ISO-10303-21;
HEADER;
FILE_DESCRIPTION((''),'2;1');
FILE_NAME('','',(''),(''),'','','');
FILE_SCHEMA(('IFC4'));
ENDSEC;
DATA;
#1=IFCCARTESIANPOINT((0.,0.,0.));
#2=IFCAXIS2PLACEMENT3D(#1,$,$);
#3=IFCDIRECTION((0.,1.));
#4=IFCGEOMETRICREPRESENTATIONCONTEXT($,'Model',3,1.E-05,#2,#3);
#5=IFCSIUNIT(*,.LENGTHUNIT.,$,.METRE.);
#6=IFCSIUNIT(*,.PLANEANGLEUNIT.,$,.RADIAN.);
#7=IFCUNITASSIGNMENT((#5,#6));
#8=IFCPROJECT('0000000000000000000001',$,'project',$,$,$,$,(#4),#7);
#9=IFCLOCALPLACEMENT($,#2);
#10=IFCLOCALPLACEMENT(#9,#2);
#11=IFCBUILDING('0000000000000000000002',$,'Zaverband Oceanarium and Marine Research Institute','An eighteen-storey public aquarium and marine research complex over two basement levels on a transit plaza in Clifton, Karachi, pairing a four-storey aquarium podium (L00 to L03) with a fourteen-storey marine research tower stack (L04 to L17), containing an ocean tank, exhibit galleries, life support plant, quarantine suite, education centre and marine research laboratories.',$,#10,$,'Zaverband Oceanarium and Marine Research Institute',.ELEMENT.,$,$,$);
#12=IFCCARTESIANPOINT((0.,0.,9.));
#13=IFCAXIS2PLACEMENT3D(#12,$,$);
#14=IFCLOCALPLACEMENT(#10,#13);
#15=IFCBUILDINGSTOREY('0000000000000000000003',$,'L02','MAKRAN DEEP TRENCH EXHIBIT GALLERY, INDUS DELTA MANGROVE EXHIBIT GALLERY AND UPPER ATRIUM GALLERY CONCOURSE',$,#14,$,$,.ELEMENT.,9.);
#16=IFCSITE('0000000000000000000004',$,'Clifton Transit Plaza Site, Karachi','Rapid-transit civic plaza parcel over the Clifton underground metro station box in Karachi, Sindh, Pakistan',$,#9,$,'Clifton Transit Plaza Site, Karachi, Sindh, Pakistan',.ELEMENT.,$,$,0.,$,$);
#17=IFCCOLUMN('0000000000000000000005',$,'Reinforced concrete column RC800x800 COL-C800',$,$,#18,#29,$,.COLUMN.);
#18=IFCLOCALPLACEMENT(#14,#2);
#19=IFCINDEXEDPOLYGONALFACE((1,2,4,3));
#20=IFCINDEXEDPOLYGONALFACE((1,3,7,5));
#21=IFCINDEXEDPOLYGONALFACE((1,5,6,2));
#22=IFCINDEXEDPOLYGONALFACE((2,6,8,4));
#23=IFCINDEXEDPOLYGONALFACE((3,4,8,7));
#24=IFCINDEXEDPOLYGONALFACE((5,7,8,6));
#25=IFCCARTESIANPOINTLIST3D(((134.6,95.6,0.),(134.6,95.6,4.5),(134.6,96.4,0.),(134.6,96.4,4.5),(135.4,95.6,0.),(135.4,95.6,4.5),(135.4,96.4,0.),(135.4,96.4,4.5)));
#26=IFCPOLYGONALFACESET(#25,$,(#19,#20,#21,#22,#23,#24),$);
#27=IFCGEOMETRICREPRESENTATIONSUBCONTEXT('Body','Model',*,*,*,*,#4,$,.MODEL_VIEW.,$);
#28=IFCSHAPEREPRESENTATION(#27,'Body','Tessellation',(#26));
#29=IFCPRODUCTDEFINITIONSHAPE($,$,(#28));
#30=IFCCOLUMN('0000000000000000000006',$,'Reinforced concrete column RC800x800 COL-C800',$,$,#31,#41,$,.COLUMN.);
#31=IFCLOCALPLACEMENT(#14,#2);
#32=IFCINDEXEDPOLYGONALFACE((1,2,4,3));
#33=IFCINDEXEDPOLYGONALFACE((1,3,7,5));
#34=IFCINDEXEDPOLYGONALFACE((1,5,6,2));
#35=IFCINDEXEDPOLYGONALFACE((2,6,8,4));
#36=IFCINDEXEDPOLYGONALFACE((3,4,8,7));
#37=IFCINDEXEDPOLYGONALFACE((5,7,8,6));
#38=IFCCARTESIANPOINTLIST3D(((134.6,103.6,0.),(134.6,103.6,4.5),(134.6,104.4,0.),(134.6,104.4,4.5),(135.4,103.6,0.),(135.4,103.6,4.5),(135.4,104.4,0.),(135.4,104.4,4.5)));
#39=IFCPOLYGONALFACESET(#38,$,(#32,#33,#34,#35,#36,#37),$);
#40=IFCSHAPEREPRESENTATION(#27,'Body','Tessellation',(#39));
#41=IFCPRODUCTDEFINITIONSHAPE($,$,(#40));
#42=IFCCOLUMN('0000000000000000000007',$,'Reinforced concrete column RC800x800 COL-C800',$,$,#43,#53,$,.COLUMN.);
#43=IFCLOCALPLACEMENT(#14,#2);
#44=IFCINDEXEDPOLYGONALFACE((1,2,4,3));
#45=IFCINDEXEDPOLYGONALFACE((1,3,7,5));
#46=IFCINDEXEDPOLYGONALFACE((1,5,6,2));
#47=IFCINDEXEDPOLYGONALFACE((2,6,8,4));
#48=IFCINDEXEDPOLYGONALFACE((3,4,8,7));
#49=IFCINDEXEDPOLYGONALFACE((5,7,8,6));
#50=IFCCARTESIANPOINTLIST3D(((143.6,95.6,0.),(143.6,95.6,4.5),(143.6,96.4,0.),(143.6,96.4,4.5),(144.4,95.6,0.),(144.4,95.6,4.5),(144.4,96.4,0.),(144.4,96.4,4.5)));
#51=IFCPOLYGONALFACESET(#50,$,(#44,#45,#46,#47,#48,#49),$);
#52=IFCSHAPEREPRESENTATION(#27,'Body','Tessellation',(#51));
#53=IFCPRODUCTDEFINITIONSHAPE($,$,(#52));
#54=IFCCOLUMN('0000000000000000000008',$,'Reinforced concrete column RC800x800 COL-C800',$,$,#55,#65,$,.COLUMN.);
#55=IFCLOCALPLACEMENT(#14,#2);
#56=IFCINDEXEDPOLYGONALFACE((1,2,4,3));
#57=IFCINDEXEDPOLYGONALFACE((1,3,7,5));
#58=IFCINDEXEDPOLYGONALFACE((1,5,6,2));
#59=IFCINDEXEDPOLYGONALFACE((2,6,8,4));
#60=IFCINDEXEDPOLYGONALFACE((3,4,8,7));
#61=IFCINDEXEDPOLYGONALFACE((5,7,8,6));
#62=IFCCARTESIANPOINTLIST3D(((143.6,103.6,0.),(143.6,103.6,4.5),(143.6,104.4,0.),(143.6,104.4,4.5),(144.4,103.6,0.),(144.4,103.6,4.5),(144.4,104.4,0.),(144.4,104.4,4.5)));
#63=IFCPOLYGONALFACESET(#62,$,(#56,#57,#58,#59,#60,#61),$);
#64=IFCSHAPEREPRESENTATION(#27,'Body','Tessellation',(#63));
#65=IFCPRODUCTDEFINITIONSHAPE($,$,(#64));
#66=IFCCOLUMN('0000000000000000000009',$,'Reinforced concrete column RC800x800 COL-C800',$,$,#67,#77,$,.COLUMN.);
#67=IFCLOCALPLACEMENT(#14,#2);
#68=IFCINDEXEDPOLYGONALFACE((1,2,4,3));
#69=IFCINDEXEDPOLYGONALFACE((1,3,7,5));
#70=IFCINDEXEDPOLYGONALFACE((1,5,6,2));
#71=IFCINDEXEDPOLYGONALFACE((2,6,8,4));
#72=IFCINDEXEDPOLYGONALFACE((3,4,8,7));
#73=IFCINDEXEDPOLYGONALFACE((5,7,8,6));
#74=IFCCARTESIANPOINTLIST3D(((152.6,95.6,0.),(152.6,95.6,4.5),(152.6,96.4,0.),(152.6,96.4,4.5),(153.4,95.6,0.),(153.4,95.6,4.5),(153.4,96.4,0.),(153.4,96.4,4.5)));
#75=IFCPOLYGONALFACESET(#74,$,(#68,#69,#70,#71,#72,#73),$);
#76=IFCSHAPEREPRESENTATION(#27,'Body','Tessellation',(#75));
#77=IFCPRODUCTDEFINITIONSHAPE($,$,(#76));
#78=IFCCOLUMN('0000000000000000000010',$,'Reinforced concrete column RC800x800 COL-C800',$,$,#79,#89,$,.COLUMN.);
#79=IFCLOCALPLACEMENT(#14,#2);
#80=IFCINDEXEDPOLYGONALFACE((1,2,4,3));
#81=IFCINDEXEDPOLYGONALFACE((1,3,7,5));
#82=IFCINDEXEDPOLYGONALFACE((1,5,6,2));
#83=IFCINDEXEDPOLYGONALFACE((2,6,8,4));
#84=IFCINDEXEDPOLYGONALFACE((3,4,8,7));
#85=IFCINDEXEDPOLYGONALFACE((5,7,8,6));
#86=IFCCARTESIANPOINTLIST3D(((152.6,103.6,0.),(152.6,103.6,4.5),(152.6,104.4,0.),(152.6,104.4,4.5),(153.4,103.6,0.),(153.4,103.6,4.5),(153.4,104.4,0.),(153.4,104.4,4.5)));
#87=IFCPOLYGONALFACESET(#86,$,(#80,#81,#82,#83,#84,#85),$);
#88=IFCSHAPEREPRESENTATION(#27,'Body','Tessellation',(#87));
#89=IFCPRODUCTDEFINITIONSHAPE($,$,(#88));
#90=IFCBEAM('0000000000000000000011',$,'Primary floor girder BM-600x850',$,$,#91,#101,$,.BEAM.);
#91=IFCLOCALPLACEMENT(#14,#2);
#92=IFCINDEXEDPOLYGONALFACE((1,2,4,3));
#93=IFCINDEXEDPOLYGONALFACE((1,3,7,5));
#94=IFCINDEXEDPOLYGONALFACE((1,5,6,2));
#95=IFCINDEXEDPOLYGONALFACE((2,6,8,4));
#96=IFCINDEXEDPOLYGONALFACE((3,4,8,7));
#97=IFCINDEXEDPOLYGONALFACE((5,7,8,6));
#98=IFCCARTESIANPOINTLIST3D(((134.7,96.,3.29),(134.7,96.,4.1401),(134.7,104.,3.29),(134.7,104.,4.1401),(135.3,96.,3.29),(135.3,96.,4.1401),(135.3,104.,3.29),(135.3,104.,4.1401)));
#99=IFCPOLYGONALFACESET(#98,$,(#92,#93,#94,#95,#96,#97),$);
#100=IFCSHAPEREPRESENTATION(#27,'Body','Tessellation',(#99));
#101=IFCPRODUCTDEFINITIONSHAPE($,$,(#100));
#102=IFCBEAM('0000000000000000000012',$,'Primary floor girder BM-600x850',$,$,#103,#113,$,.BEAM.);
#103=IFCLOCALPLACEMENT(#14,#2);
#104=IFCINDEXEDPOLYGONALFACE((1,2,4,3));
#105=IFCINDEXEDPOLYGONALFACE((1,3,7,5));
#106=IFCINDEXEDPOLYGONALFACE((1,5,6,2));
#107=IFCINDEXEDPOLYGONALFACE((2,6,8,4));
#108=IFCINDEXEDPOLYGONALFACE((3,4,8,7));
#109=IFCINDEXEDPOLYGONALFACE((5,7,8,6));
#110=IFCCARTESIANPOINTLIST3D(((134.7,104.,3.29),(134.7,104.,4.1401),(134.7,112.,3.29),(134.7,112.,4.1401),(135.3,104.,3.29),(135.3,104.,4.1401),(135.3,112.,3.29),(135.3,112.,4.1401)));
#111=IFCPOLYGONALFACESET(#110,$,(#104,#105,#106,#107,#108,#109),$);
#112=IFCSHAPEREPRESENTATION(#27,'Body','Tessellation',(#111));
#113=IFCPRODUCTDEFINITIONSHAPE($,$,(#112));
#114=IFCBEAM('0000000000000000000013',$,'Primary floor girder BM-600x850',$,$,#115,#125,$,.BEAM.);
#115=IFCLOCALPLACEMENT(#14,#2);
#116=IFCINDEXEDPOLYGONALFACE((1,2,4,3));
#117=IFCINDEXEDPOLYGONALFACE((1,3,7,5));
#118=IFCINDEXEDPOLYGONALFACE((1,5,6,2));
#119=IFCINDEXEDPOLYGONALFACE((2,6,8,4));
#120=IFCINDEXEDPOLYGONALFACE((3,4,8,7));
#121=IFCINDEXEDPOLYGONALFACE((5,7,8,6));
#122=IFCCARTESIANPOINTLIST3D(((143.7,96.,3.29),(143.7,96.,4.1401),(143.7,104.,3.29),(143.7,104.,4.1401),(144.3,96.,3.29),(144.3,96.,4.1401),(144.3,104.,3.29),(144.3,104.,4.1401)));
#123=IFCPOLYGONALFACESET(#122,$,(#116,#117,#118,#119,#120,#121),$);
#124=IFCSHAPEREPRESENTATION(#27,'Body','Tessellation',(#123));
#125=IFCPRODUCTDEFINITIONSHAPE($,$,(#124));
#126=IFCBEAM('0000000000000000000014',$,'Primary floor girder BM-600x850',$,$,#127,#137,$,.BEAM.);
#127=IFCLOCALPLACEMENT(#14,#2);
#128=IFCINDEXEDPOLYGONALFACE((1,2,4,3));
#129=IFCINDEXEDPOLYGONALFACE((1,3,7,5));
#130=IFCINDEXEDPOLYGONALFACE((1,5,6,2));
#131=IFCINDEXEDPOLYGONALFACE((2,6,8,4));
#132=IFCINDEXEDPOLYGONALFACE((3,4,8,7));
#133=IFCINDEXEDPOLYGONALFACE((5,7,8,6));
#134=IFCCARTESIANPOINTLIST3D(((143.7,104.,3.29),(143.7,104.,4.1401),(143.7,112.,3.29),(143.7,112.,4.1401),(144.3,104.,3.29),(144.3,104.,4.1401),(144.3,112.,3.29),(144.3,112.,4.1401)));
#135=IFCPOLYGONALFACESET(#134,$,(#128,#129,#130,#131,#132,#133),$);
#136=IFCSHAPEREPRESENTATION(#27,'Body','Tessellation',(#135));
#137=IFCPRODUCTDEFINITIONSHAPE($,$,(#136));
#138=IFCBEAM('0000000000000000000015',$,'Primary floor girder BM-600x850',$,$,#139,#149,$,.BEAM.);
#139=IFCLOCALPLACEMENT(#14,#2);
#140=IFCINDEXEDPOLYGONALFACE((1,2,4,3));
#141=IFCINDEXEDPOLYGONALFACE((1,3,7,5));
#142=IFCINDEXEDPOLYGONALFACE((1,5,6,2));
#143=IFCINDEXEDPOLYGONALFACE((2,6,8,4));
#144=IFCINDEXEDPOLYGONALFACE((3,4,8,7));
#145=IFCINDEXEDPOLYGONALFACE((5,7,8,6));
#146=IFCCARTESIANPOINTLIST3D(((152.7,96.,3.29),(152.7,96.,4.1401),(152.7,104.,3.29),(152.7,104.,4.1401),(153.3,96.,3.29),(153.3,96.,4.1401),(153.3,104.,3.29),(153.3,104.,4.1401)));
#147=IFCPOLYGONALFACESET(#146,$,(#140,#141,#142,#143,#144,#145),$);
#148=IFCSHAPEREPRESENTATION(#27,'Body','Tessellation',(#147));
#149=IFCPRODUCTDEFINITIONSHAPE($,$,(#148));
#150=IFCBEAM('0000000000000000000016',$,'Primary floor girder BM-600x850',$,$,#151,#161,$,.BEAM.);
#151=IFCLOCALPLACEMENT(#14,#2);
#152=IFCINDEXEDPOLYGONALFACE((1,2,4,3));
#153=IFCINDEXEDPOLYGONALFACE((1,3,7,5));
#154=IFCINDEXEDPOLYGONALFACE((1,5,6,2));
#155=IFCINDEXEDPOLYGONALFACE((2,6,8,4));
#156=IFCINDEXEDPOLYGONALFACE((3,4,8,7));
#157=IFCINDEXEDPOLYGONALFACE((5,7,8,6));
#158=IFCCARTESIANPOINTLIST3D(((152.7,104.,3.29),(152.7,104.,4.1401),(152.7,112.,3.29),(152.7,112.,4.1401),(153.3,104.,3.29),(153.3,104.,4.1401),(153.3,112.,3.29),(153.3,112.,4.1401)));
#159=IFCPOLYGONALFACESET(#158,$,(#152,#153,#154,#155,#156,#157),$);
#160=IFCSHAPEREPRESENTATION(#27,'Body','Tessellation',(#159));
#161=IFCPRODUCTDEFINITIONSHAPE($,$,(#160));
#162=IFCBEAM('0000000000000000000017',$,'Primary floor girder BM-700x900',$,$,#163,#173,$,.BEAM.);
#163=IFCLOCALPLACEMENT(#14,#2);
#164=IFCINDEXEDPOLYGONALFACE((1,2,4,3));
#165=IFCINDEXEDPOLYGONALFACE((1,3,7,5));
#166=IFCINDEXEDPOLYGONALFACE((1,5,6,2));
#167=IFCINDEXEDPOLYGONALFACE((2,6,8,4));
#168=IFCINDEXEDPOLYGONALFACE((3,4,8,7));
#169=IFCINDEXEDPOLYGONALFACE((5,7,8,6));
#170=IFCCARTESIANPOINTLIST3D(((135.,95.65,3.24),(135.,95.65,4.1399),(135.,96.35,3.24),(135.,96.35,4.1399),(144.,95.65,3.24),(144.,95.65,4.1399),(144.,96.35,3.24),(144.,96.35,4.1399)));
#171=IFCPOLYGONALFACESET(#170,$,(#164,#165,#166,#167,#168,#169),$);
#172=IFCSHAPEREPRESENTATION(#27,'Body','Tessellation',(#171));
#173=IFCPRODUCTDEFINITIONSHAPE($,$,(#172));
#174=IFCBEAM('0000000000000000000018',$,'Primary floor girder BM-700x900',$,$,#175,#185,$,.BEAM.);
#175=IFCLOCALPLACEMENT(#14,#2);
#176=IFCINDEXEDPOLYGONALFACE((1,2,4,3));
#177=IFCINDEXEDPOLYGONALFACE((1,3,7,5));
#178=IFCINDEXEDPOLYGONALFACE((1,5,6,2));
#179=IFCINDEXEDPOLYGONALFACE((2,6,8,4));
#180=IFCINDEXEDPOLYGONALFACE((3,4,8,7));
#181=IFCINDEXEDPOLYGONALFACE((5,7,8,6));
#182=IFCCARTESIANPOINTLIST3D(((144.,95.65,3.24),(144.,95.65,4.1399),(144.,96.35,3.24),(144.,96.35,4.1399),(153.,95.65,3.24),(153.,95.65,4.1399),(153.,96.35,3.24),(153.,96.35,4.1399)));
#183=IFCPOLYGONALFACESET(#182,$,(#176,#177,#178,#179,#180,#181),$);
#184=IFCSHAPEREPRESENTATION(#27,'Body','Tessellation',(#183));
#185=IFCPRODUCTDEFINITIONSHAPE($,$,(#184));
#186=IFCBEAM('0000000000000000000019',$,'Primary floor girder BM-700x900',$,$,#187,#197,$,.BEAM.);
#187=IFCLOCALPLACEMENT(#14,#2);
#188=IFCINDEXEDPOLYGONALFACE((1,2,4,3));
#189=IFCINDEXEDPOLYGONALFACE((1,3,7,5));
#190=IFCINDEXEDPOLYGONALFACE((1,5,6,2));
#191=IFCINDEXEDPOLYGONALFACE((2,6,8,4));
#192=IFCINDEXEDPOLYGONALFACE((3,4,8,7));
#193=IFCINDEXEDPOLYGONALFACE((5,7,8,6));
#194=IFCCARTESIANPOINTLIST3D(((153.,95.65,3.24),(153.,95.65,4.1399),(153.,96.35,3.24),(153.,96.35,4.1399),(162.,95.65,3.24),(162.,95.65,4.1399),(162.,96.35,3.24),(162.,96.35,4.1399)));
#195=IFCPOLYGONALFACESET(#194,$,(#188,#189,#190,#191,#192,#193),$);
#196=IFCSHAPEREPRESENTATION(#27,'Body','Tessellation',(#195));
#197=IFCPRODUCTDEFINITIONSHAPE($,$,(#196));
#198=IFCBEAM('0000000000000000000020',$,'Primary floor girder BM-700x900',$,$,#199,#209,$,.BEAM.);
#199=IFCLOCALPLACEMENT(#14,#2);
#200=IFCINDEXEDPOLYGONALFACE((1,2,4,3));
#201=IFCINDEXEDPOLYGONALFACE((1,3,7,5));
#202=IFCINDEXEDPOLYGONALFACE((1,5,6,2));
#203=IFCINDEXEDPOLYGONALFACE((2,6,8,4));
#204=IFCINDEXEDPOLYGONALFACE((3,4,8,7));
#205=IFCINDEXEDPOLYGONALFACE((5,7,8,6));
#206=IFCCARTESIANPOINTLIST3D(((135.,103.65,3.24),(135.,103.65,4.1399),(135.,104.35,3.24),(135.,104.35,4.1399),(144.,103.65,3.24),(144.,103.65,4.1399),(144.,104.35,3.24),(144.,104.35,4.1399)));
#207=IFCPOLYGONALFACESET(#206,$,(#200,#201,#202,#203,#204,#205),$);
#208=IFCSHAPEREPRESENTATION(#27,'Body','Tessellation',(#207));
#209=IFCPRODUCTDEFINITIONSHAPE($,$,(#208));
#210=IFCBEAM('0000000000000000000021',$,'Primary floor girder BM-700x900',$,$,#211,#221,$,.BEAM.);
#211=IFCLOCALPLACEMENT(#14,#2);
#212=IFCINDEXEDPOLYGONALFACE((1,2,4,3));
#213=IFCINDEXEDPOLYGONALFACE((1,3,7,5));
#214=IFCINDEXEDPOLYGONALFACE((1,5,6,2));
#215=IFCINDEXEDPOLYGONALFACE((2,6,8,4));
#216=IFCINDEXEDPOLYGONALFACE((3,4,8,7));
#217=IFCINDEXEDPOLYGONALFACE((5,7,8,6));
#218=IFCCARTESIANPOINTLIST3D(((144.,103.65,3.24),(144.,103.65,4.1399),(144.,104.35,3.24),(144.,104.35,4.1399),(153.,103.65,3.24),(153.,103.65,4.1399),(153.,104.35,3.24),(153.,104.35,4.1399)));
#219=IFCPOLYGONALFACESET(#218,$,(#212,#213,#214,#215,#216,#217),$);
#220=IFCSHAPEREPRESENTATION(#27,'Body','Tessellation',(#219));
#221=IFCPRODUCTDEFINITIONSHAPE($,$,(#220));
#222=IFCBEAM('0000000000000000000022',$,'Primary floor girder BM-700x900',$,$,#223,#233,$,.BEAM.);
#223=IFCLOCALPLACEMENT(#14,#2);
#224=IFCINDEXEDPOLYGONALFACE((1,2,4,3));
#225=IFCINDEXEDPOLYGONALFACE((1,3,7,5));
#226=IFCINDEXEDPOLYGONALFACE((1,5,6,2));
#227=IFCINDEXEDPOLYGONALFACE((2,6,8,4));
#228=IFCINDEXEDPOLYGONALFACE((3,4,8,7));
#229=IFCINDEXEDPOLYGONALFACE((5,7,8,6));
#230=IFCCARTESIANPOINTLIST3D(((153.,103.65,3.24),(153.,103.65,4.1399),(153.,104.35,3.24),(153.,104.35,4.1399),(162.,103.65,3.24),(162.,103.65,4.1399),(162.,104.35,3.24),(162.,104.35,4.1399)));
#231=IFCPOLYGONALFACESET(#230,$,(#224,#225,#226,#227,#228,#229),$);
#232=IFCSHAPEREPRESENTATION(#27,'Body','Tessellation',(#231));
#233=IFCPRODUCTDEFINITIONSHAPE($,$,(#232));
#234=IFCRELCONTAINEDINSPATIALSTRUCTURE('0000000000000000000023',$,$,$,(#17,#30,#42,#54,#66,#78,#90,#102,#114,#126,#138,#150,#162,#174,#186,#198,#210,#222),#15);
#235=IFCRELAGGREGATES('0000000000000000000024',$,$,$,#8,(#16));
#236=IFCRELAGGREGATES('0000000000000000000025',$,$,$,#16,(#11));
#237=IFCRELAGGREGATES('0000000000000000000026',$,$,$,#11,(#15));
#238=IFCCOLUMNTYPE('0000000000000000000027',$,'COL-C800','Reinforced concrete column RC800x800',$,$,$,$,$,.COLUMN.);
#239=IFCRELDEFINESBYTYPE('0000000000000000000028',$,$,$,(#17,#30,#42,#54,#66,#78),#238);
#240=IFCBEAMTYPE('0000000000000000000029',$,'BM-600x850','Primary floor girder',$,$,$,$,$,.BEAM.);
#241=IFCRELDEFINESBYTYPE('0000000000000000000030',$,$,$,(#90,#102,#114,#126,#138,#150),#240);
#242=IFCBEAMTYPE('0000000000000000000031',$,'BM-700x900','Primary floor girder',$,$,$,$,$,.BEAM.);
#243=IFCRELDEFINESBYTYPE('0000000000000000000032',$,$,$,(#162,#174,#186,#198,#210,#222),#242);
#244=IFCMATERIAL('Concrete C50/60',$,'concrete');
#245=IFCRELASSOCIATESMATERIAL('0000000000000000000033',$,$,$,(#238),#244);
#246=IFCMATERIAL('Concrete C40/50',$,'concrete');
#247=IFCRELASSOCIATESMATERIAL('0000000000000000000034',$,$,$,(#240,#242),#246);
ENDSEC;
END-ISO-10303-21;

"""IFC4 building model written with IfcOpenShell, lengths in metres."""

from ifc_helpers import new_model, si_unit, direction, frame, origin, origin_2d, place, context, subcontext, project, spatial, rectangle, extrude, material, material_profile, profile_set, type_object, element, save


model = new_model("IFC4")

# Units and contexts
model_context = context("Model", 3, precision=1e-05, world=origin(), true_north=direction((0.0, 1.0)))
body_context = subcontext(model_context, "Body", "Model", "MODEL_VIEW")
ifc_project = project(units=[si_unit("LENGTHUNIT", "METRE"), si_unit("PLANEANGLEUNIT", "RADIAN")], contexts=[model_context])

# Site, building, storey
site_placement = place(None, origin())
site = spatial("IfcSite", under=ifc_project, at=site_placement, Name="Clifton Transit Plaza Site, Karachi", Description="Rapid-transit civic plaza parcel over the Clifton underground metro station box in Karachi, Sindh, Pakistan", LongName="Clifton Transit Plaza Site, Karachi, Sindh, Pakistan", CompositionType="ELEMENT", RefElevation=0.0)
building_placement = place(site_placement, origin())
building = spatial("IfcBuilding", under=site, at=building_placement, Name="Zaverband Oceanarium and Marine Research Institute", Description="An eighteen-storey public aquarium and marine research complex over two basement levels on a transit plaza in Clifton, Karachi, pairing a four-storey aquarium podium (L00 to L03) with a fourteen-storey marine research tower stack (L04 to L17), containing an ocean tank, exhibit galleries, life support plant, quarantine suite, education centre and marine research laboratories.", LongName="Zaverband Oceanarium and Marine Research Institute", CompositionType="ELEMENT")
storey_placement = place(building_placement, frame((0.0, 0.0, 9.0)))
storey = spatial("IfcBuildingStorey", under=building, at=storey_placement, Name="L02", Description="MAKRAN DEEP TRENCH EXHIBIT GALLERY, INDUS DELTA MANGROVE EXHIBIT GALLERY AND UPPER ATRIUM GALLERY CONCOURSE", CompositionType="ELEMENT", Elevation=9.0)

# Columns
ifc_material_1 = material(Name="Concrete C50/60", Category="concrete")
ifc_material_profile_1 = material_profile(ifc_material_1, rectangle(XDim=0.8, YDim=0.8, at=origin_2d()), Name="RC800x800")
ifc_profile_set_1 = profile_set([ifc_material_profile_1], Name="Concrete C50/60")
column_type = type_object("IfcColumnType", Name="COL-C800", Description="Reinforced concrete column RC800x800", PredefinedType="COLUMN", material=ifc_profile_set_1)
for number, where, z_axis, x_axis, name in (
    (1, (135.0, 96.0, 0.0), (0.0, 0.0, 1.0), (1.0, 0.0, 0.0), "Reinforced concrete column RC800x800 COL-C800"),
    (2, (135.0, 104.0, 0.0), (0.0, 0.0, 1.0), (1.0, 0.0, 0.0), "Reinforced concrete column RC800x800 COL-C800"),
    (3, (144.0, 96.0, 0.0), (0.0, 0.0, 1.0), (1.0, 0.0, 0.0), "Reinforced concrete column RC800x800 COL-C800"),
    (4, (144.0, 104.0, 0.0), (0.0, 0.0, 1.0), (1.0, 0.0, 0.0), "Reinforced concrete column RC800x800 COL-C800"),
    (5, (153.0, 96.0, 0.0), (0.0, 0.0, 1.0), (1.0, 0.0, 0.0), "Reinforced concrete column RC800x800 COL-C800"),
    (6, (153.0, 104.0, 0.0), (0.0, 0.0, 1.0), (1.0, 0.0, 0.0), "Reinforced concrete column RC800x800 COL-C800"),
):
    element("IfcColumn", number, at=place(storey_placement, frame(where, z_axis=z_axis, x_axis=x_axis)), inside=storey, type_object=column_type, Name=name, PredefinedType="COLUMN", context=body_context, shape_type="SweptSolid", body=[
        extrude(rectangle(XDim=0.8, YDim=0.8, at=origin_2d()), origin(), (0.0, 0.0, 1.0), 4.5),
    ])

# Beams
ifc_material_2 = material(Name="Concrete C40/50", Category="concrete")
ifc_material_profile_2 = material_profile(ifc_material_2, rectangle(XDim=0.6001, YDim=0.8501, at=origin_2d()), Name="RC600x850")
ifc_profile_set_2 = profile_set([ifc_material_profile_2], Name="Concrete C40/50")
beam_type_1 = type_object("IfcBeamType", Name="BM-600x850", Description="Primary floor girder", PredefinedType="BEAM", material=ifc_profile_set_2)
for number, where, z_axis, x_axis, name in (
    (7, (135.0, 96.0, 3.7151), (0.0, 1.0, 0.0), (-1.0, 0.0, 0.0), "Primary floor girder BM-600x850"),
    (8, (135.0, 104.0, 3.7151), (0.0, 1.0, 0.0), (-1.0, 0.0, 0.0), "Primary floor girder BM-600x850"),
    (9, (144.0, 96.0, 3.7151), (0.0, 1.0, 0.0), (-1.0, 0.0, 0.0), "Primary floor girder BM-600x850"),
    (10, (144.0, 104.0, 3.7151), (0.0, 1.0, 0.0), (-1.0, 0.0, 0.0), "Primary floor girder BM-600x850"),
    (11, (153.0, 96.0, 3.7151), (0.0, 1.0, 0.0), (-1.0, 0.0, 0.0), "Primary floor girder BM-600x850"),
    (12, (153.0, 104.0, 3.7151), (0.0, 1.0, 0.0), (-1.0, 0.0, 0.0), "Primary floor girder BM-600x850"),
):
    element("IfcBeam", number, at=place(storey_placement, frame(where, z_axis=z_axis, x_axis=x_axis)), inside=storey, type_object=beam_type_1, Name=name, PredefinedType="BEAM", context=body_context, shape_type="SweptSolid", body=[
        extrude(rectangle(XDim=0.6001, YDim=0.8501, at=origin_2d()), origin(), (0.0, 0.0, 1.0), 8.0),
    ])
ifc_material_profile_3 = material_profile(ifc_material_2, rectangle(XDim=0.7, YDim=0.8999, at=origin_2d()), Name="RC700x900")
ifc_profile_set_3 = profile_set([ifc_material_profile_3], Name="Concrete C40/50")
beam_type_2 = type_object("IfcBeamType", Name="BM-700x900", Description="Primary floor girder", PredefinedType="BEAM", material=ifc_profile_set_3)
for number, where, z_axis, x_axis, name in (
    (13, (135.0, 96.0, 3.6899), (1.0, 0.0, 0.0), (0.0, 1.0, 0.0), "Primary floor girder BM-700x900"),
    (14, (144.0, 96.0, 3.6899), (1.0, 0.0, 0.0), (0.0, 1.0, 0.0), "Primary floor girder BM-700x900"),
    (15, (153.0, 96.0, 3.6899), (1.0, 0.0, 0.0), (0.0, 1.0, 0.0), "Primary floor girder BM-700x900"),
    (16, (135.0, 104.0, 3.6899), (1.0, 0.0, 0.0), (0.0, 1.0, 0.0), "Primary floor girder BM-700x900"),
    (17, (144.0, 104.0, 3.6899), (1.0, 0.0, 0.0), (0.0, 1.0, 0.0), "Primary floor girder BM-700x900"),
    (18, (153.0, 104.0, 3.6899), (1.0, 0.0, 0.0), (0.0, 1.0, 0.0), "Primary floor girder BM-700x900"),
):
    element("IfcBeam", number, at=place(storey_placement, frame(where, z_axis=z_axis, x_axis=x_axis)), inside=storey, type_object=beam_type_2, Name=name, PredefinedType="BEAM", context=body_context, shape_type="SweptSolid", body=[
        extrude(rectangle(XDim=0.7, YDim=0.8999, at=origin_2d()), origin(), (0.0, 0.0, 1.0), 9.0),
    ])

save(model, "model.ifc")
